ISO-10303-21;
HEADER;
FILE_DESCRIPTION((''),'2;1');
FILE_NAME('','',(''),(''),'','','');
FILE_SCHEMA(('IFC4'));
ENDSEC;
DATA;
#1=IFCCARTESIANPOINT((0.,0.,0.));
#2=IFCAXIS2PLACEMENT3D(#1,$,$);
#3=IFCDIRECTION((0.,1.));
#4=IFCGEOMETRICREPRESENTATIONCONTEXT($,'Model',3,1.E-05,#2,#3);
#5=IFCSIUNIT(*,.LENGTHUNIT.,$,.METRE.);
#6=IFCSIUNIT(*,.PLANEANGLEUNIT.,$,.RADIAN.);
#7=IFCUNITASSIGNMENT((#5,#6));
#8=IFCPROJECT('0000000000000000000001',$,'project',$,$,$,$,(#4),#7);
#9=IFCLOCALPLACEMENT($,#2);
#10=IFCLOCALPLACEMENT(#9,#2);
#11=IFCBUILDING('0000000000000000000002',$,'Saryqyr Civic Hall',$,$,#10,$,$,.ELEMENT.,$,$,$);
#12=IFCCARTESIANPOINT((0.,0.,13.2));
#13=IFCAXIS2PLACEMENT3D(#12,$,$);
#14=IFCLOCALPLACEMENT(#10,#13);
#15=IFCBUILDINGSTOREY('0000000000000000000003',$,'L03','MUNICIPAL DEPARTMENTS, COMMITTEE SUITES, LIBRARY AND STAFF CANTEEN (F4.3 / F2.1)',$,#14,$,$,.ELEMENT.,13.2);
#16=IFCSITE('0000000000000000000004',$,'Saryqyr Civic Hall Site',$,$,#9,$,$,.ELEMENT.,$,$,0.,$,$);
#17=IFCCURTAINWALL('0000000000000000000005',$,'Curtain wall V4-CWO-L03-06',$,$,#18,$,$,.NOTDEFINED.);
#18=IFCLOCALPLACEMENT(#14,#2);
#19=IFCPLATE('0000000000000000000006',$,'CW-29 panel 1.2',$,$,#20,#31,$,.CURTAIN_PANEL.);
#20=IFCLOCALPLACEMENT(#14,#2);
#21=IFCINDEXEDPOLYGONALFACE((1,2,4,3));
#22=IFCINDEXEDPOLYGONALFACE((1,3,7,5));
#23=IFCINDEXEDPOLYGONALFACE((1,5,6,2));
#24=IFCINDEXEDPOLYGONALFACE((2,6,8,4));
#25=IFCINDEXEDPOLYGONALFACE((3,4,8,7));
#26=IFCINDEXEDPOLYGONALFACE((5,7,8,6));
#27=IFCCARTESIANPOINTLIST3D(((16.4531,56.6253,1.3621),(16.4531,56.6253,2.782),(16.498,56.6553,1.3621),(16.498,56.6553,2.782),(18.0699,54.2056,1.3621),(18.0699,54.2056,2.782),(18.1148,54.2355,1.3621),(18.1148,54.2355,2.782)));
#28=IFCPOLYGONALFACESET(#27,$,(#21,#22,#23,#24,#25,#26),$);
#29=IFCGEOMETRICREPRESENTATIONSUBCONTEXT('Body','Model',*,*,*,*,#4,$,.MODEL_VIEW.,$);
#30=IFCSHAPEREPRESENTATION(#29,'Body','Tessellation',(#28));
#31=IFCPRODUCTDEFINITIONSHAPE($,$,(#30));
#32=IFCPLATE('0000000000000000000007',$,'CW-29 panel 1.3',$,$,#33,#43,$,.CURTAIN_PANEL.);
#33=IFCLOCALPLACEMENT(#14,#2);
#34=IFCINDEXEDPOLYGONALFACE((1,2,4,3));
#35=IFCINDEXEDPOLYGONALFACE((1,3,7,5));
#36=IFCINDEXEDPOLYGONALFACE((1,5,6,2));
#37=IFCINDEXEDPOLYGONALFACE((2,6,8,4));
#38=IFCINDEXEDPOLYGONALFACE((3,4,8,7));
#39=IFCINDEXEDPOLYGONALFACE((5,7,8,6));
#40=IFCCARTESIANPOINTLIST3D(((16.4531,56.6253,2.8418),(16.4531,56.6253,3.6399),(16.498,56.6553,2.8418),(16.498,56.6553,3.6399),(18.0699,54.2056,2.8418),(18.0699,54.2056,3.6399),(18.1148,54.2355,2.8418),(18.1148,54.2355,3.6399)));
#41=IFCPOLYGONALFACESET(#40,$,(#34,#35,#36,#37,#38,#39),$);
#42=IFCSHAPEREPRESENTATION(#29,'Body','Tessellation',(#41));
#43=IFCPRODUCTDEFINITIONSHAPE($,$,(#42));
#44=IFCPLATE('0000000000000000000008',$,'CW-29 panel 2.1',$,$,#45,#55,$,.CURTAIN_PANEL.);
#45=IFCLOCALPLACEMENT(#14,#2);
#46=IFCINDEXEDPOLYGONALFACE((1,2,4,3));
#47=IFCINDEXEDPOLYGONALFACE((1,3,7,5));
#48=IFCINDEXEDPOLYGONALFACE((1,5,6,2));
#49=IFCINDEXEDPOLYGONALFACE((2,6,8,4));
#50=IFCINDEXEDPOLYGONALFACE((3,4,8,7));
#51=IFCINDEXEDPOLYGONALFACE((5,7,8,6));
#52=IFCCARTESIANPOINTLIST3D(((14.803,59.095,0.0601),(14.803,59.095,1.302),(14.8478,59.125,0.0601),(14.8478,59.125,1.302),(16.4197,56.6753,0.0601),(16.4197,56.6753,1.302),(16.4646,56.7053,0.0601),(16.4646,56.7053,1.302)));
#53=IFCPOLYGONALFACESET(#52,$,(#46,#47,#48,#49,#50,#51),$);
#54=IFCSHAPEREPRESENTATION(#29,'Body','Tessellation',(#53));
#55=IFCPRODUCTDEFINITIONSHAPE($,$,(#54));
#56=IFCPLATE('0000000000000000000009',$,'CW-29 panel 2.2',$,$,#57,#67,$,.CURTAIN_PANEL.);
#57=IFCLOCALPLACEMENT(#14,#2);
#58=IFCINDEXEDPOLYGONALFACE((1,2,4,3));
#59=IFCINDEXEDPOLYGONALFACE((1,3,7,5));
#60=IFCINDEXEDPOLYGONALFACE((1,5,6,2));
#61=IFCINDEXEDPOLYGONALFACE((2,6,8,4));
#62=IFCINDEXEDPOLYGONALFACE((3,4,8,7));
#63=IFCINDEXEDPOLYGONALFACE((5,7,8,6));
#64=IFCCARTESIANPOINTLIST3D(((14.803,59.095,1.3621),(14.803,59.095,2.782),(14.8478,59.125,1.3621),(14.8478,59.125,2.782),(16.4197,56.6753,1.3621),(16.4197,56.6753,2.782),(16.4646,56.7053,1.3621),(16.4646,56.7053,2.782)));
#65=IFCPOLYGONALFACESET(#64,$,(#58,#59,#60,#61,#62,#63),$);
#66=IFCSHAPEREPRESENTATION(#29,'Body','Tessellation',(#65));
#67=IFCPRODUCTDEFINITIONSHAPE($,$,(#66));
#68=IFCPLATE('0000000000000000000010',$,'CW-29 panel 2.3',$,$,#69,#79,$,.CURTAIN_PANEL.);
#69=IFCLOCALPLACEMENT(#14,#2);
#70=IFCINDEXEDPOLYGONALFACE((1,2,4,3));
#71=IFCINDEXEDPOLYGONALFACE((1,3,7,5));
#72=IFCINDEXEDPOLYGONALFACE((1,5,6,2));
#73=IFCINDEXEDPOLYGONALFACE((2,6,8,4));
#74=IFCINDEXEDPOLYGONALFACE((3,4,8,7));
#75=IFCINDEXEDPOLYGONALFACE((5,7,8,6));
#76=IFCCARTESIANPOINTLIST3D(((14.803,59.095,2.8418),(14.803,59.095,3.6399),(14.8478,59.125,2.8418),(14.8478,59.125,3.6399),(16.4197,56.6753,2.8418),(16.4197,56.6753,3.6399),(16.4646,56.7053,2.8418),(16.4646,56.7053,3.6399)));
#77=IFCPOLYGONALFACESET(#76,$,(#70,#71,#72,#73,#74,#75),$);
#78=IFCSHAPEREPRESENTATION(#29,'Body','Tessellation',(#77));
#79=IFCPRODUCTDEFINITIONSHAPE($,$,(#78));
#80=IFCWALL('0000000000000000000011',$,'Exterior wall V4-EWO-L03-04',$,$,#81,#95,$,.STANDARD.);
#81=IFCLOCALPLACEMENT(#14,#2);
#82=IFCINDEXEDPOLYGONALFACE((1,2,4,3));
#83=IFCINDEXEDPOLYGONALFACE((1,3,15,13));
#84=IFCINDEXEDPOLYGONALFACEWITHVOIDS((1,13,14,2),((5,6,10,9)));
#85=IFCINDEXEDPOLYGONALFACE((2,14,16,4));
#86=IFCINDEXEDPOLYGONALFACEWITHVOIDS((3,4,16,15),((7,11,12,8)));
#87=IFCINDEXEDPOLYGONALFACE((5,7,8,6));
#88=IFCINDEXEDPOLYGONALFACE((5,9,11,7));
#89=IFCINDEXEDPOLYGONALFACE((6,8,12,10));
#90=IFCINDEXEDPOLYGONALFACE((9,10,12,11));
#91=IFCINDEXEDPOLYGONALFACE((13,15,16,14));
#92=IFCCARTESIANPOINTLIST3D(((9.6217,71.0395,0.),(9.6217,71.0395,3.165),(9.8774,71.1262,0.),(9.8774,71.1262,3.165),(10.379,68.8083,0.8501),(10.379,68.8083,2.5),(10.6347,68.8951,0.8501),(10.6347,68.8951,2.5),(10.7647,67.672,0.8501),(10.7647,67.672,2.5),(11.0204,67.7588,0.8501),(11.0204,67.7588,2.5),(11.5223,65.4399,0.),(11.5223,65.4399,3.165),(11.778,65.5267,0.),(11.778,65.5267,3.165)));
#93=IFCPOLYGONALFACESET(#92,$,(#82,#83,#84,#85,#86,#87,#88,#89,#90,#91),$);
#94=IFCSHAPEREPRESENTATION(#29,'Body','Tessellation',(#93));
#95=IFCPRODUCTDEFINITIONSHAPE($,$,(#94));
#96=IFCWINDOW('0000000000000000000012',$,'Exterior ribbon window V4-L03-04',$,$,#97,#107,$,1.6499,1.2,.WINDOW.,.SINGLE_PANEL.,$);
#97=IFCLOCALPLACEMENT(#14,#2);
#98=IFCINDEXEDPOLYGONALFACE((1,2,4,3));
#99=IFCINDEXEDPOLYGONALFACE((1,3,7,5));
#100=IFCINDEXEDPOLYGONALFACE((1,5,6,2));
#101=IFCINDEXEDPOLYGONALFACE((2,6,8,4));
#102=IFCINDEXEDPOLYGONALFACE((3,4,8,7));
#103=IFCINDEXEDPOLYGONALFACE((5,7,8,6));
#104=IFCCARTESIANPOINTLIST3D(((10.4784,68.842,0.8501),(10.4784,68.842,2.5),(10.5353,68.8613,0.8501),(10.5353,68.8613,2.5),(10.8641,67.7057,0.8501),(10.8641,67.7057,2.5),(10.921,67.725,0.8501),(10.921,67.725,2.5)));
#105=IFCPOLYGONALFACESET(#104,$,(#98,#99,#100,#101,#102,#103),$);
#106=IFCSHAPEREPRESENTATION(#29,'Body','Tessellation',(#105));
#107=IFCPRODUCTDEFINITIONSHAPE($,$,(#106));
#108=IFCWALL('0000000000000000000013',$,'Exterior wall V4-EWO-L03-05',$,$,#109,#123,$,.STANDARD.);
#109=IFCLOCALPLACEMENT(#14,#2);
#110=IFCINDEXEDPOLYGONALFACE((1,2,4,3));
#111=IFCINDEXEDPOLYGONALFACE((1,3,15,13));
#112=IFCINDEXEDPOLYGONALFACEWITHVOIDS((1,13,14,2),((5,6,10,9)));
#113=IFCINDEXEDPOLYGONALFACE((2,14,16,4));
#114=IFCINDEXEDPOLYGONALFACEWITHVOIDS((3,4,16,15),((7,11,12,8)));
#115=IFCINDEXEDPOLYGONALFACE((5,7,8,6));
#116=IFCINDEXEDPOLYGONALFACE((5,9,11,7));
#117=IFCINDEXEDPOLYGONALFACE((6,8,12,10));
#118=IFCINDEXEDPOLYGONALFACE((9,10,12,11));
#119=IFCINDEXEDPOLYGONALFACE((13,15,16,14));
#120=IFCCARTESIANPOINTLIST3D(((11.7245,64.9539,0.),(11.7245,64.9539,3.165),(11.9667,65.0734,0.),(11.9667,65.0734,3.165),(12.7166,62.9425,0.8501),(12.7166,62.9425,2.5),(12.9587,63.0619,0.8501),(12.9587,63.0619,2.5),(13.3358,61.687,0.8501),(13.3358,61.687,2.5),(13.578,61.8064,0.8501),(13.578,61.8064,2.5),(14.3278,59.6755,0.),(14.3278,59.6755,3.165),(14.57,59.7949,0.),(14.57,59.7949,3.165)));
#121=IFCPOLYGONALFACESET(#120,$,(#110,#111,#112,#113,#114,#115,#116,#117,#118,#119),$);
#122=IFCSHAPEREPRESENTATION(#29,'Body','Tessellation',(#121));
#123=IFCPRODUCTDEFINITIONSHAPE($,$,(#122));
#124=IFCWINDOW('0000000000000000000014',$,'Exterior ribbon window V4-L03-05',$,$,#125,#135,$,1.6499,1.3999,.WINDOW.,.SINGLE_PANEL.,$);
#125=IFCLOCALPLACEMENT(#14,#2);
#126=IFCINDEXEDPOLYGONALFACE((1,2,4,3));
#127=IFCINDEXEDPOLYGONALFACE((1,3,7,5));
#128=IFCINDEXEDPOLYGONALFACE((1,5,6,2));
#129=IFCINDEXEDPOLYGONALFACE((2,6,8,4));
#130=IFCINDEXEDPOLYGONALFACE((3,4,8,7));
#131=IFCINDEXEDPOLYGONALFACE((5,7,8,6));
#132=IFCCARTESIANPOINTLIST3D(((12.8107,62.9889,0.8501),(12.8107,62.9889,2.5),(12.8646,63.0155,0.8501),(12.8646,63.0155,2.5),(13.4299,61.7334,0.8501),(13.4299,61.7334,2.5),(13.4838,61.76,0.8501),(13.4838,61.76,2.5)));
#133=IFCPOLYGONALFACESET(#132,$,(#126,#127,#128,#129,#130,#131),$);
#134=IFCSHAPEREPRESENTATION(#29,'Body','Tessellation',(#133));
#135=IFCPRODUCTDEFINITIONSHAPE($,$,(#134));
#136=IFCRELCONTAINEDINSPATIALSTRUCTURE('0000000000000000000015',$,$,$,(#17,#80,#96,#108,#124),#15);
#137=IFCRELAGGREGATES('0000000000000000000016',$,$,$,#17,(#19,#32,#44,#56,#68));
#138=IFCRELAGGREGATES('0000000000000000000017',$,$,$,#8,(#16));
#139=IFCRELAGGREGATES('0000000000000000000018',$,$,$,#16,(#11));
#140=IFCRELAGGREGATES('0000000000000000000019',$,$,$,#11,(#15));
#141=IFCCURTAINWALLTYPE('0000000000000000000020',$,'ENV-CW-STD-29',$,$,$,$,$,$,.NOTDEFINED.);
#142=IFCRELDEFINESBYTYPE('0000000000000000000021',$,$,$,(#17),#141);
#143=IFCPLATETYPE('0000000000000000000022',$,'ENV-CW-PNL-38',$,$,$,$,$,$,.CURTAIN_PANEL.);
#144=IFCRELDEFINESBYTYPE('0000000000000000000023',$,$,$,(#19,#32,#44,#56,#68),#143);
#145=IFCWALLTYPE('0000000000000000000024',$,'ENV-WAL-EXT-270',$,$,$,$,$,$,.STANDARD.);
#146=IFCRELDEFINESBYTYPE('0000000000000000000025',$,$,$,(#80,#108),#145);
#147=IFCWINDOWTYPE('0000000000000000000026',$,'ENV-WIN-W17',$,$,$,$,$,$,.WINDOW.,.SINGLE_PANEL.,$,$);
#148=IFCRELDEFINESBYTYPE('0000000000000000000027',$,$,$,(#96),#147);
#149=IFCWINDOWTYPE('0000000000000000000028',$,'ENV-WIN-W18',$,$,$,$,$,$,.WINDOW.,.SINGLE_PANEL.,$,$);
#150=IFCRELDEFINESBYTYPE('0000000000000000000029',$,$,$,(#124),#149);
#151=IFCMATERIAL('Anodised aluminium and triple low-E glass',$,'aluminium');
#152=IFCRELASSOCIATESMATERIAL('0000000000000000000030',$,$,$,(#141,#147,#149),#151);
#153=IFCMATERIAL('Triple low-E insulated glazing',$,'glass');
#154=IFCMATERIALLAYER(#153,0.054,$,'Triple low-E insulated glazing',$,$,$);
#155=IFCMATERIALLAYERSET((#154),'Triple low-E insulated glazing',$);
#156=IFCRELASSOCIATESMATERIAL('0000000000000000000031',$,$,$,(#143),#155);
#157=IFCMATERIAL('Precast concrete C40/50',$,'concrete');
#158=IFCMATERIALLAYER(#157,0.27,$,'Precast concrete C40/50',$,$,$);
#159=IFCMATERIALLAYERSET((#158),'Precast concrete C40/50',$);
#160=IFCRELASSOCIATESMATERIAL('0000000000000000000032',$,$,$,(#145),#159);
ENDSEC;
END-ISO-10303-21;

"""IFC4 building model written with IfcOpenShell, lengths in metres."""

from ifc_helpers import new_model, si_unit, direction, frame, frame_2d, origin, origin_2d, place, context, subcontext, project, spatial, rectangle, extrude, material, layer, layer_set, type_object, element, fill, aggregate, save


model = new_model("IFC4")

# Units and contexts
model_context = context("Model", 3, precision=1e-05, world=origin(), true_north=direction((0.0, 1.0)))
body_context = subcontext(model_context, "Body", "Model", "MODEL_VIEW")
ifc_project = project(units=[si_unit("LENGTHUNIT", "METRE"), si_unit("PLANEANGLEUNIT", "RADIAN")], contexts=[model_context])

# Site, building, storey
site_placement = place(None, origin())
site = spatial("IfcSite", under=ifc_project, at=site_placement, Name="Saryqyr Civic Hall Site", CompositionType="ELEMENT", RefElevation=0.0)
building_placement = place(site_placement, origin())
building = spatial("IfcBuilding", under=site, at=building_placement, Name="Saryqyr Civic Hall", CompositionType="ELEMENT")
storey_placement = place(building_placement, frame((0.0, 0.0, 13.2)))
storey = spatial("IfcBuildingStorey", under=building, at=storey_placement, Name="L03", Description="MUNICIPAL DEPARTMENTS, COMMITTEE SUITES, LIBRARY AND STAFF CANTEEN (F4.3 / F2.1)", CompositionType="ELEMENT", Elevation=13.2)

# Curtain wall
ifc_material_1 = material(Name="Anodised aluminium and triple low-E glass", Category="aluminium")
curtain_wall_type = type_object("IfcCurtainWallType", Name="ENV-CW-STD-29", PredefinedType="NOTDEFINED", material=ifc_material_1)
curtain_wall_placement = place(storey_placement, origin())
curtain_wall = element("IfcCurtainWall", 1, at=curtain_wall_placement, inside=storey, type_object=curtain_wall_type, Name="Curtain wall V4-CWO-L03-06", PredefinedType="NOTDEFINED")

# Shared definitions
ifc_material_2 = material(Name="Precast concrete C40/50", Category="concrete")

# Plates
ifc_material_3 = material(Name="Triple low-E insulated glazing", Category="glass")
ifc_layer_1 = layer(ifc_material_3, 0.054, Name="Triple low-E insulated glazing")
ifc_layer_set_1 = layer_set([ifc_layer_1], Name="Triple low-E insulated glazing")
plate_type = type_object("IfcPlateType", Name="ENV-CW-PNL-38", PredefinedType="CURTAIN_PANEL", material=ifc_layer_set_1)
plate_1_placement = place(storey_placement, frame((17.2839, 55.4304, 1.3621), z_axis=(0.0, 0.0, 1.0), x_axis=(-0.555565, 0.831473, 0.0)))
plate_1 = element("IfcPlate", 2, at=plate_1_placement, type_object=plate_type, Name="CW-29 panel 1.2", PredefinedType="CURTAIN_PANEL", context=body_context, shape_type="SweptSolid", body=[
    extrude(rectangle(XDim=2.9102, YDim=0.054, at=origin_2d()), origin(), (0.0, 0.0, 1.0), 1.4199),
])
plate_2_placement = place(storey_placement, frame((17.2839, 55.4304, 2.8418), z_axis=(0.0, 0.0, 1.0), x_axis=(-0.555565, 0.831473, 0.0)))
plate_2 = element("IfcPlate", 3, at=plate_2_placement, type_object=plate_type, Name="CW-29 panel 1.3", PredefinedType="CURTAIN_PANEL", context=body_context, shape_type="SweptSolid", body=[
    extrude(rectangle(XDim=2.9102, YDim=0.054, at=origin_2d()), origin(), (0.0, 0.0, 1.0), 0.7981),
])
plate_3_placement = place(storey_placement, frame((15.6338, 57.9001, 0.0601), z_axis=(0.0, 0.0, 1.0), x_axis=(-0.555565, 0.831473, 0.0)))
plate_3 = element("IfcPlate", 4, at=plate_3_placement, type_object=plate_type, Name="CW-29 panel 2.1", PredefinedType="CURTAIN_PANEL", context=body_context, shape_type="SweptSolid", body=[
    extrude(rectangle(XDim=2.9102, YDim=0.054, at=origin_2d()), origin(), (0.0, 0.0, 1.0), 1.2419),
])
plate_4_placement = place(storey_placement, frame((15.6338, 57.9001, 1.3621), z_axis=(0.0, 0.0, 1.0), x_axis=(-0.555565, 0.831473, 0.0)))
plate_4 = element("IfcPlate", 5, at=plate_4_placement, type_object=plate_type, Name="CW-29 panel 2.2", PredefinedType="CURTAIN_PANEL", context=body_context, shape_type="SweptSolid", body=[
    extrude(rectangle(XDim=2.9102, YDim=0.054, at=origin_2d()), origin(), (0.0, 0.0, 1.0), 1.4199),
])
plate_5_placement = place(storey_placement, frame((15.6338, 57.9001, 2.8418), z_axis=(0.0, 0.0, 1.0), x_axis=(-0.555565, 0.831473, 0.0)))
plate_5 = element("IfcPlate", 6, at=plate_5_placement, type_object=plate_type, Name="CW-29 panel 2.3", PredefinedType="CURTAIN_PANEL", context=body_context, shape_type="SweptSolid", body=[
    extrude(rectangle(XDim=2.9102, YDim=0.054, at=origin_2d()), origin(), (0.0, 0.0, 1.0), 0.7981),
])
aggregate(curtain_wall, [plate_1, plate_2, plate_3, plate_4, plate_5])

# Walls, openings, windows
ifc_layer_2 = layer(ifc_material_2, 0.27, Name="Precast concrete C40/50")
ifc_layer_set_2 = layer_set([ifc_layer_2], Name="Precast concrete C40/50")
wall_type = type_object("IfcWallType", Name="ENV-WAL-EXT-270", PredefinedType="STANDARD", material=ifc_layer_set_2)
wall_1_placement = place(storey_placement, frame((11.6501, 65.4834, 0.0), z_axis=(0.0, 0.0, 1.0), x_axis=(-0.321413, 0.946939, 0.0)))
wall_1 = element("IfcWall", 7, at=wall_1_placement, inside=storey, type_object=wall_type, Name="Exterior wall V4-EWO-L03-04", PredefinedType="STANDARD", context=body_context, shape_type="SweptSolid", body=[
    extrude(rectangle(XDim=5.9133, YDim=0.27, at=frame_2d((2.9565, 0.0))), origin(), (0.0, 0.0, 1.0), 3.165),
])
opening_1_placement = place(wall_1_placement, frame((2.3569, 0.0, 0.8501)))
opening_1 = element("IfcOpeningElement", 8, at=opening_1_placement, cuts=wall_1, PredefinedType="OPENING", context=body_context, shape_type="SweptSolid", body=[
    extrude(rectangle(XDim=1.2, YDim=1.6499, at=frame_2d((0.6001, 0.825))), frame((0.0, 0.145, 0.0), z_axis=(0.0, -1.0, 0.0), x_axis=(1.0, 0.0, 0.0)), (0.0, 0.0, 1.0), 0.29),
])
window_type_1 = type_object("IfcWindowType", Name="ENV-WIN-W17", PartitioningType="SINGLE_PANEL", PredefinedType="WINDOW", material=ifc_material_1)
window_1_placement = place(opening_1_placement, origin())
window_1 = element("IfcWindow", 9, at=window_1_placement, inside=storey, type_object=window_type_1, Name="Exterior ribbon window V4-L03-04", OverallHeight=1.6499, OverallWidth=1.2, PartitioningType="SINGLE_PANEL", PredefinedType="WINDOW", context=body_context, shape_type="SweptSolid", body=[
    extrude(rectangle(XDim=1.2, YDim=1.6499, at=frame_2d((0.6001, 0.825))), frame((0.0, 0.03, 0.0), z_axis=(0.0, -1.0, 0.0), x_axis=(1.0, 0.0, 0.0)), (0.0, 0.0, 1.0), 0.0601),
])
fill(opening_1, window_1)
wall_2_placement = place(storey_placement, frame((14.449, 59.7351, 0.0), z_axis=(0.0, 0.0, 1.0), x_axis=(-0.442329, 0.896853, 0.0)))
wall_2 = element("IfcWall", 10, at=wall_2_placement, inside=storey, type_object=wall_type, Name="Exterior wall V4-EWO-L03-05", PredefinedType="STANDARD", context=body_context, shape_type="SweptSolid", body=[
    extrude(rectangle(XDim=5.8855, YDim=0.27, at=frame_2d((2.9429, 0.0))), origin(), (0.0, 0.0, 1.0), 3.165),
])
opening_2_placement = place(wall_2_placement, frame((2.2429, 0.0, 0.8501)))
opening_2 = element("IfcOpeningElement", 11, at=opening_2_placement, cuts=wall_2, PredefinedType="OPENING", context=body_context, shape_type="SweptSolid", body=[
    extrude(rectangle(XDim=1.3999, YDim=1.6499, at=frame_2d((0.7, 0.825))), frame((0.0, 0.145, 0.0), z_axis=(0.0, -1.0, 0.0), x_axis=(1.0, 0.0, 0.0)), (0.0, 0.0, 1.0), 0.29),
])
window_type_2 = type_object("IfcWindowType", Name="ENV-WIN-W18", PartitioningType="SINGLE_PANEL", PredefinedType="WINDOW", material=ifc_material_1)
window_2_placement = place(opening_2_placement, origin())
window_2 = element("IfcWindow", 12, at=window_2_placement, inside=storey, type_object=window_type_2, Name="Exterior ribbon window V4-L03-05", OverallHeight=1.6499, OverallWidth=1.3999, PartitioningType="SINGLE_PANEL", PredefinedType="WINDOW", context=body_context, shape_type="SweptSolid", body=[
    extrude(rectangle(XDim=1.3999, YDim=1.6499, at=frame_2d((0.7, 0.825))), frame((0.0, 0.03, 0.0), z_axis=(0.0, -1.0, 0.0), x_axis=(1.0, 0.0, 0.0)), (0.0, 0.0, 1.0), 0.0601),
])
fill(opening_2, window_2)

save(model, "model.ifc")
